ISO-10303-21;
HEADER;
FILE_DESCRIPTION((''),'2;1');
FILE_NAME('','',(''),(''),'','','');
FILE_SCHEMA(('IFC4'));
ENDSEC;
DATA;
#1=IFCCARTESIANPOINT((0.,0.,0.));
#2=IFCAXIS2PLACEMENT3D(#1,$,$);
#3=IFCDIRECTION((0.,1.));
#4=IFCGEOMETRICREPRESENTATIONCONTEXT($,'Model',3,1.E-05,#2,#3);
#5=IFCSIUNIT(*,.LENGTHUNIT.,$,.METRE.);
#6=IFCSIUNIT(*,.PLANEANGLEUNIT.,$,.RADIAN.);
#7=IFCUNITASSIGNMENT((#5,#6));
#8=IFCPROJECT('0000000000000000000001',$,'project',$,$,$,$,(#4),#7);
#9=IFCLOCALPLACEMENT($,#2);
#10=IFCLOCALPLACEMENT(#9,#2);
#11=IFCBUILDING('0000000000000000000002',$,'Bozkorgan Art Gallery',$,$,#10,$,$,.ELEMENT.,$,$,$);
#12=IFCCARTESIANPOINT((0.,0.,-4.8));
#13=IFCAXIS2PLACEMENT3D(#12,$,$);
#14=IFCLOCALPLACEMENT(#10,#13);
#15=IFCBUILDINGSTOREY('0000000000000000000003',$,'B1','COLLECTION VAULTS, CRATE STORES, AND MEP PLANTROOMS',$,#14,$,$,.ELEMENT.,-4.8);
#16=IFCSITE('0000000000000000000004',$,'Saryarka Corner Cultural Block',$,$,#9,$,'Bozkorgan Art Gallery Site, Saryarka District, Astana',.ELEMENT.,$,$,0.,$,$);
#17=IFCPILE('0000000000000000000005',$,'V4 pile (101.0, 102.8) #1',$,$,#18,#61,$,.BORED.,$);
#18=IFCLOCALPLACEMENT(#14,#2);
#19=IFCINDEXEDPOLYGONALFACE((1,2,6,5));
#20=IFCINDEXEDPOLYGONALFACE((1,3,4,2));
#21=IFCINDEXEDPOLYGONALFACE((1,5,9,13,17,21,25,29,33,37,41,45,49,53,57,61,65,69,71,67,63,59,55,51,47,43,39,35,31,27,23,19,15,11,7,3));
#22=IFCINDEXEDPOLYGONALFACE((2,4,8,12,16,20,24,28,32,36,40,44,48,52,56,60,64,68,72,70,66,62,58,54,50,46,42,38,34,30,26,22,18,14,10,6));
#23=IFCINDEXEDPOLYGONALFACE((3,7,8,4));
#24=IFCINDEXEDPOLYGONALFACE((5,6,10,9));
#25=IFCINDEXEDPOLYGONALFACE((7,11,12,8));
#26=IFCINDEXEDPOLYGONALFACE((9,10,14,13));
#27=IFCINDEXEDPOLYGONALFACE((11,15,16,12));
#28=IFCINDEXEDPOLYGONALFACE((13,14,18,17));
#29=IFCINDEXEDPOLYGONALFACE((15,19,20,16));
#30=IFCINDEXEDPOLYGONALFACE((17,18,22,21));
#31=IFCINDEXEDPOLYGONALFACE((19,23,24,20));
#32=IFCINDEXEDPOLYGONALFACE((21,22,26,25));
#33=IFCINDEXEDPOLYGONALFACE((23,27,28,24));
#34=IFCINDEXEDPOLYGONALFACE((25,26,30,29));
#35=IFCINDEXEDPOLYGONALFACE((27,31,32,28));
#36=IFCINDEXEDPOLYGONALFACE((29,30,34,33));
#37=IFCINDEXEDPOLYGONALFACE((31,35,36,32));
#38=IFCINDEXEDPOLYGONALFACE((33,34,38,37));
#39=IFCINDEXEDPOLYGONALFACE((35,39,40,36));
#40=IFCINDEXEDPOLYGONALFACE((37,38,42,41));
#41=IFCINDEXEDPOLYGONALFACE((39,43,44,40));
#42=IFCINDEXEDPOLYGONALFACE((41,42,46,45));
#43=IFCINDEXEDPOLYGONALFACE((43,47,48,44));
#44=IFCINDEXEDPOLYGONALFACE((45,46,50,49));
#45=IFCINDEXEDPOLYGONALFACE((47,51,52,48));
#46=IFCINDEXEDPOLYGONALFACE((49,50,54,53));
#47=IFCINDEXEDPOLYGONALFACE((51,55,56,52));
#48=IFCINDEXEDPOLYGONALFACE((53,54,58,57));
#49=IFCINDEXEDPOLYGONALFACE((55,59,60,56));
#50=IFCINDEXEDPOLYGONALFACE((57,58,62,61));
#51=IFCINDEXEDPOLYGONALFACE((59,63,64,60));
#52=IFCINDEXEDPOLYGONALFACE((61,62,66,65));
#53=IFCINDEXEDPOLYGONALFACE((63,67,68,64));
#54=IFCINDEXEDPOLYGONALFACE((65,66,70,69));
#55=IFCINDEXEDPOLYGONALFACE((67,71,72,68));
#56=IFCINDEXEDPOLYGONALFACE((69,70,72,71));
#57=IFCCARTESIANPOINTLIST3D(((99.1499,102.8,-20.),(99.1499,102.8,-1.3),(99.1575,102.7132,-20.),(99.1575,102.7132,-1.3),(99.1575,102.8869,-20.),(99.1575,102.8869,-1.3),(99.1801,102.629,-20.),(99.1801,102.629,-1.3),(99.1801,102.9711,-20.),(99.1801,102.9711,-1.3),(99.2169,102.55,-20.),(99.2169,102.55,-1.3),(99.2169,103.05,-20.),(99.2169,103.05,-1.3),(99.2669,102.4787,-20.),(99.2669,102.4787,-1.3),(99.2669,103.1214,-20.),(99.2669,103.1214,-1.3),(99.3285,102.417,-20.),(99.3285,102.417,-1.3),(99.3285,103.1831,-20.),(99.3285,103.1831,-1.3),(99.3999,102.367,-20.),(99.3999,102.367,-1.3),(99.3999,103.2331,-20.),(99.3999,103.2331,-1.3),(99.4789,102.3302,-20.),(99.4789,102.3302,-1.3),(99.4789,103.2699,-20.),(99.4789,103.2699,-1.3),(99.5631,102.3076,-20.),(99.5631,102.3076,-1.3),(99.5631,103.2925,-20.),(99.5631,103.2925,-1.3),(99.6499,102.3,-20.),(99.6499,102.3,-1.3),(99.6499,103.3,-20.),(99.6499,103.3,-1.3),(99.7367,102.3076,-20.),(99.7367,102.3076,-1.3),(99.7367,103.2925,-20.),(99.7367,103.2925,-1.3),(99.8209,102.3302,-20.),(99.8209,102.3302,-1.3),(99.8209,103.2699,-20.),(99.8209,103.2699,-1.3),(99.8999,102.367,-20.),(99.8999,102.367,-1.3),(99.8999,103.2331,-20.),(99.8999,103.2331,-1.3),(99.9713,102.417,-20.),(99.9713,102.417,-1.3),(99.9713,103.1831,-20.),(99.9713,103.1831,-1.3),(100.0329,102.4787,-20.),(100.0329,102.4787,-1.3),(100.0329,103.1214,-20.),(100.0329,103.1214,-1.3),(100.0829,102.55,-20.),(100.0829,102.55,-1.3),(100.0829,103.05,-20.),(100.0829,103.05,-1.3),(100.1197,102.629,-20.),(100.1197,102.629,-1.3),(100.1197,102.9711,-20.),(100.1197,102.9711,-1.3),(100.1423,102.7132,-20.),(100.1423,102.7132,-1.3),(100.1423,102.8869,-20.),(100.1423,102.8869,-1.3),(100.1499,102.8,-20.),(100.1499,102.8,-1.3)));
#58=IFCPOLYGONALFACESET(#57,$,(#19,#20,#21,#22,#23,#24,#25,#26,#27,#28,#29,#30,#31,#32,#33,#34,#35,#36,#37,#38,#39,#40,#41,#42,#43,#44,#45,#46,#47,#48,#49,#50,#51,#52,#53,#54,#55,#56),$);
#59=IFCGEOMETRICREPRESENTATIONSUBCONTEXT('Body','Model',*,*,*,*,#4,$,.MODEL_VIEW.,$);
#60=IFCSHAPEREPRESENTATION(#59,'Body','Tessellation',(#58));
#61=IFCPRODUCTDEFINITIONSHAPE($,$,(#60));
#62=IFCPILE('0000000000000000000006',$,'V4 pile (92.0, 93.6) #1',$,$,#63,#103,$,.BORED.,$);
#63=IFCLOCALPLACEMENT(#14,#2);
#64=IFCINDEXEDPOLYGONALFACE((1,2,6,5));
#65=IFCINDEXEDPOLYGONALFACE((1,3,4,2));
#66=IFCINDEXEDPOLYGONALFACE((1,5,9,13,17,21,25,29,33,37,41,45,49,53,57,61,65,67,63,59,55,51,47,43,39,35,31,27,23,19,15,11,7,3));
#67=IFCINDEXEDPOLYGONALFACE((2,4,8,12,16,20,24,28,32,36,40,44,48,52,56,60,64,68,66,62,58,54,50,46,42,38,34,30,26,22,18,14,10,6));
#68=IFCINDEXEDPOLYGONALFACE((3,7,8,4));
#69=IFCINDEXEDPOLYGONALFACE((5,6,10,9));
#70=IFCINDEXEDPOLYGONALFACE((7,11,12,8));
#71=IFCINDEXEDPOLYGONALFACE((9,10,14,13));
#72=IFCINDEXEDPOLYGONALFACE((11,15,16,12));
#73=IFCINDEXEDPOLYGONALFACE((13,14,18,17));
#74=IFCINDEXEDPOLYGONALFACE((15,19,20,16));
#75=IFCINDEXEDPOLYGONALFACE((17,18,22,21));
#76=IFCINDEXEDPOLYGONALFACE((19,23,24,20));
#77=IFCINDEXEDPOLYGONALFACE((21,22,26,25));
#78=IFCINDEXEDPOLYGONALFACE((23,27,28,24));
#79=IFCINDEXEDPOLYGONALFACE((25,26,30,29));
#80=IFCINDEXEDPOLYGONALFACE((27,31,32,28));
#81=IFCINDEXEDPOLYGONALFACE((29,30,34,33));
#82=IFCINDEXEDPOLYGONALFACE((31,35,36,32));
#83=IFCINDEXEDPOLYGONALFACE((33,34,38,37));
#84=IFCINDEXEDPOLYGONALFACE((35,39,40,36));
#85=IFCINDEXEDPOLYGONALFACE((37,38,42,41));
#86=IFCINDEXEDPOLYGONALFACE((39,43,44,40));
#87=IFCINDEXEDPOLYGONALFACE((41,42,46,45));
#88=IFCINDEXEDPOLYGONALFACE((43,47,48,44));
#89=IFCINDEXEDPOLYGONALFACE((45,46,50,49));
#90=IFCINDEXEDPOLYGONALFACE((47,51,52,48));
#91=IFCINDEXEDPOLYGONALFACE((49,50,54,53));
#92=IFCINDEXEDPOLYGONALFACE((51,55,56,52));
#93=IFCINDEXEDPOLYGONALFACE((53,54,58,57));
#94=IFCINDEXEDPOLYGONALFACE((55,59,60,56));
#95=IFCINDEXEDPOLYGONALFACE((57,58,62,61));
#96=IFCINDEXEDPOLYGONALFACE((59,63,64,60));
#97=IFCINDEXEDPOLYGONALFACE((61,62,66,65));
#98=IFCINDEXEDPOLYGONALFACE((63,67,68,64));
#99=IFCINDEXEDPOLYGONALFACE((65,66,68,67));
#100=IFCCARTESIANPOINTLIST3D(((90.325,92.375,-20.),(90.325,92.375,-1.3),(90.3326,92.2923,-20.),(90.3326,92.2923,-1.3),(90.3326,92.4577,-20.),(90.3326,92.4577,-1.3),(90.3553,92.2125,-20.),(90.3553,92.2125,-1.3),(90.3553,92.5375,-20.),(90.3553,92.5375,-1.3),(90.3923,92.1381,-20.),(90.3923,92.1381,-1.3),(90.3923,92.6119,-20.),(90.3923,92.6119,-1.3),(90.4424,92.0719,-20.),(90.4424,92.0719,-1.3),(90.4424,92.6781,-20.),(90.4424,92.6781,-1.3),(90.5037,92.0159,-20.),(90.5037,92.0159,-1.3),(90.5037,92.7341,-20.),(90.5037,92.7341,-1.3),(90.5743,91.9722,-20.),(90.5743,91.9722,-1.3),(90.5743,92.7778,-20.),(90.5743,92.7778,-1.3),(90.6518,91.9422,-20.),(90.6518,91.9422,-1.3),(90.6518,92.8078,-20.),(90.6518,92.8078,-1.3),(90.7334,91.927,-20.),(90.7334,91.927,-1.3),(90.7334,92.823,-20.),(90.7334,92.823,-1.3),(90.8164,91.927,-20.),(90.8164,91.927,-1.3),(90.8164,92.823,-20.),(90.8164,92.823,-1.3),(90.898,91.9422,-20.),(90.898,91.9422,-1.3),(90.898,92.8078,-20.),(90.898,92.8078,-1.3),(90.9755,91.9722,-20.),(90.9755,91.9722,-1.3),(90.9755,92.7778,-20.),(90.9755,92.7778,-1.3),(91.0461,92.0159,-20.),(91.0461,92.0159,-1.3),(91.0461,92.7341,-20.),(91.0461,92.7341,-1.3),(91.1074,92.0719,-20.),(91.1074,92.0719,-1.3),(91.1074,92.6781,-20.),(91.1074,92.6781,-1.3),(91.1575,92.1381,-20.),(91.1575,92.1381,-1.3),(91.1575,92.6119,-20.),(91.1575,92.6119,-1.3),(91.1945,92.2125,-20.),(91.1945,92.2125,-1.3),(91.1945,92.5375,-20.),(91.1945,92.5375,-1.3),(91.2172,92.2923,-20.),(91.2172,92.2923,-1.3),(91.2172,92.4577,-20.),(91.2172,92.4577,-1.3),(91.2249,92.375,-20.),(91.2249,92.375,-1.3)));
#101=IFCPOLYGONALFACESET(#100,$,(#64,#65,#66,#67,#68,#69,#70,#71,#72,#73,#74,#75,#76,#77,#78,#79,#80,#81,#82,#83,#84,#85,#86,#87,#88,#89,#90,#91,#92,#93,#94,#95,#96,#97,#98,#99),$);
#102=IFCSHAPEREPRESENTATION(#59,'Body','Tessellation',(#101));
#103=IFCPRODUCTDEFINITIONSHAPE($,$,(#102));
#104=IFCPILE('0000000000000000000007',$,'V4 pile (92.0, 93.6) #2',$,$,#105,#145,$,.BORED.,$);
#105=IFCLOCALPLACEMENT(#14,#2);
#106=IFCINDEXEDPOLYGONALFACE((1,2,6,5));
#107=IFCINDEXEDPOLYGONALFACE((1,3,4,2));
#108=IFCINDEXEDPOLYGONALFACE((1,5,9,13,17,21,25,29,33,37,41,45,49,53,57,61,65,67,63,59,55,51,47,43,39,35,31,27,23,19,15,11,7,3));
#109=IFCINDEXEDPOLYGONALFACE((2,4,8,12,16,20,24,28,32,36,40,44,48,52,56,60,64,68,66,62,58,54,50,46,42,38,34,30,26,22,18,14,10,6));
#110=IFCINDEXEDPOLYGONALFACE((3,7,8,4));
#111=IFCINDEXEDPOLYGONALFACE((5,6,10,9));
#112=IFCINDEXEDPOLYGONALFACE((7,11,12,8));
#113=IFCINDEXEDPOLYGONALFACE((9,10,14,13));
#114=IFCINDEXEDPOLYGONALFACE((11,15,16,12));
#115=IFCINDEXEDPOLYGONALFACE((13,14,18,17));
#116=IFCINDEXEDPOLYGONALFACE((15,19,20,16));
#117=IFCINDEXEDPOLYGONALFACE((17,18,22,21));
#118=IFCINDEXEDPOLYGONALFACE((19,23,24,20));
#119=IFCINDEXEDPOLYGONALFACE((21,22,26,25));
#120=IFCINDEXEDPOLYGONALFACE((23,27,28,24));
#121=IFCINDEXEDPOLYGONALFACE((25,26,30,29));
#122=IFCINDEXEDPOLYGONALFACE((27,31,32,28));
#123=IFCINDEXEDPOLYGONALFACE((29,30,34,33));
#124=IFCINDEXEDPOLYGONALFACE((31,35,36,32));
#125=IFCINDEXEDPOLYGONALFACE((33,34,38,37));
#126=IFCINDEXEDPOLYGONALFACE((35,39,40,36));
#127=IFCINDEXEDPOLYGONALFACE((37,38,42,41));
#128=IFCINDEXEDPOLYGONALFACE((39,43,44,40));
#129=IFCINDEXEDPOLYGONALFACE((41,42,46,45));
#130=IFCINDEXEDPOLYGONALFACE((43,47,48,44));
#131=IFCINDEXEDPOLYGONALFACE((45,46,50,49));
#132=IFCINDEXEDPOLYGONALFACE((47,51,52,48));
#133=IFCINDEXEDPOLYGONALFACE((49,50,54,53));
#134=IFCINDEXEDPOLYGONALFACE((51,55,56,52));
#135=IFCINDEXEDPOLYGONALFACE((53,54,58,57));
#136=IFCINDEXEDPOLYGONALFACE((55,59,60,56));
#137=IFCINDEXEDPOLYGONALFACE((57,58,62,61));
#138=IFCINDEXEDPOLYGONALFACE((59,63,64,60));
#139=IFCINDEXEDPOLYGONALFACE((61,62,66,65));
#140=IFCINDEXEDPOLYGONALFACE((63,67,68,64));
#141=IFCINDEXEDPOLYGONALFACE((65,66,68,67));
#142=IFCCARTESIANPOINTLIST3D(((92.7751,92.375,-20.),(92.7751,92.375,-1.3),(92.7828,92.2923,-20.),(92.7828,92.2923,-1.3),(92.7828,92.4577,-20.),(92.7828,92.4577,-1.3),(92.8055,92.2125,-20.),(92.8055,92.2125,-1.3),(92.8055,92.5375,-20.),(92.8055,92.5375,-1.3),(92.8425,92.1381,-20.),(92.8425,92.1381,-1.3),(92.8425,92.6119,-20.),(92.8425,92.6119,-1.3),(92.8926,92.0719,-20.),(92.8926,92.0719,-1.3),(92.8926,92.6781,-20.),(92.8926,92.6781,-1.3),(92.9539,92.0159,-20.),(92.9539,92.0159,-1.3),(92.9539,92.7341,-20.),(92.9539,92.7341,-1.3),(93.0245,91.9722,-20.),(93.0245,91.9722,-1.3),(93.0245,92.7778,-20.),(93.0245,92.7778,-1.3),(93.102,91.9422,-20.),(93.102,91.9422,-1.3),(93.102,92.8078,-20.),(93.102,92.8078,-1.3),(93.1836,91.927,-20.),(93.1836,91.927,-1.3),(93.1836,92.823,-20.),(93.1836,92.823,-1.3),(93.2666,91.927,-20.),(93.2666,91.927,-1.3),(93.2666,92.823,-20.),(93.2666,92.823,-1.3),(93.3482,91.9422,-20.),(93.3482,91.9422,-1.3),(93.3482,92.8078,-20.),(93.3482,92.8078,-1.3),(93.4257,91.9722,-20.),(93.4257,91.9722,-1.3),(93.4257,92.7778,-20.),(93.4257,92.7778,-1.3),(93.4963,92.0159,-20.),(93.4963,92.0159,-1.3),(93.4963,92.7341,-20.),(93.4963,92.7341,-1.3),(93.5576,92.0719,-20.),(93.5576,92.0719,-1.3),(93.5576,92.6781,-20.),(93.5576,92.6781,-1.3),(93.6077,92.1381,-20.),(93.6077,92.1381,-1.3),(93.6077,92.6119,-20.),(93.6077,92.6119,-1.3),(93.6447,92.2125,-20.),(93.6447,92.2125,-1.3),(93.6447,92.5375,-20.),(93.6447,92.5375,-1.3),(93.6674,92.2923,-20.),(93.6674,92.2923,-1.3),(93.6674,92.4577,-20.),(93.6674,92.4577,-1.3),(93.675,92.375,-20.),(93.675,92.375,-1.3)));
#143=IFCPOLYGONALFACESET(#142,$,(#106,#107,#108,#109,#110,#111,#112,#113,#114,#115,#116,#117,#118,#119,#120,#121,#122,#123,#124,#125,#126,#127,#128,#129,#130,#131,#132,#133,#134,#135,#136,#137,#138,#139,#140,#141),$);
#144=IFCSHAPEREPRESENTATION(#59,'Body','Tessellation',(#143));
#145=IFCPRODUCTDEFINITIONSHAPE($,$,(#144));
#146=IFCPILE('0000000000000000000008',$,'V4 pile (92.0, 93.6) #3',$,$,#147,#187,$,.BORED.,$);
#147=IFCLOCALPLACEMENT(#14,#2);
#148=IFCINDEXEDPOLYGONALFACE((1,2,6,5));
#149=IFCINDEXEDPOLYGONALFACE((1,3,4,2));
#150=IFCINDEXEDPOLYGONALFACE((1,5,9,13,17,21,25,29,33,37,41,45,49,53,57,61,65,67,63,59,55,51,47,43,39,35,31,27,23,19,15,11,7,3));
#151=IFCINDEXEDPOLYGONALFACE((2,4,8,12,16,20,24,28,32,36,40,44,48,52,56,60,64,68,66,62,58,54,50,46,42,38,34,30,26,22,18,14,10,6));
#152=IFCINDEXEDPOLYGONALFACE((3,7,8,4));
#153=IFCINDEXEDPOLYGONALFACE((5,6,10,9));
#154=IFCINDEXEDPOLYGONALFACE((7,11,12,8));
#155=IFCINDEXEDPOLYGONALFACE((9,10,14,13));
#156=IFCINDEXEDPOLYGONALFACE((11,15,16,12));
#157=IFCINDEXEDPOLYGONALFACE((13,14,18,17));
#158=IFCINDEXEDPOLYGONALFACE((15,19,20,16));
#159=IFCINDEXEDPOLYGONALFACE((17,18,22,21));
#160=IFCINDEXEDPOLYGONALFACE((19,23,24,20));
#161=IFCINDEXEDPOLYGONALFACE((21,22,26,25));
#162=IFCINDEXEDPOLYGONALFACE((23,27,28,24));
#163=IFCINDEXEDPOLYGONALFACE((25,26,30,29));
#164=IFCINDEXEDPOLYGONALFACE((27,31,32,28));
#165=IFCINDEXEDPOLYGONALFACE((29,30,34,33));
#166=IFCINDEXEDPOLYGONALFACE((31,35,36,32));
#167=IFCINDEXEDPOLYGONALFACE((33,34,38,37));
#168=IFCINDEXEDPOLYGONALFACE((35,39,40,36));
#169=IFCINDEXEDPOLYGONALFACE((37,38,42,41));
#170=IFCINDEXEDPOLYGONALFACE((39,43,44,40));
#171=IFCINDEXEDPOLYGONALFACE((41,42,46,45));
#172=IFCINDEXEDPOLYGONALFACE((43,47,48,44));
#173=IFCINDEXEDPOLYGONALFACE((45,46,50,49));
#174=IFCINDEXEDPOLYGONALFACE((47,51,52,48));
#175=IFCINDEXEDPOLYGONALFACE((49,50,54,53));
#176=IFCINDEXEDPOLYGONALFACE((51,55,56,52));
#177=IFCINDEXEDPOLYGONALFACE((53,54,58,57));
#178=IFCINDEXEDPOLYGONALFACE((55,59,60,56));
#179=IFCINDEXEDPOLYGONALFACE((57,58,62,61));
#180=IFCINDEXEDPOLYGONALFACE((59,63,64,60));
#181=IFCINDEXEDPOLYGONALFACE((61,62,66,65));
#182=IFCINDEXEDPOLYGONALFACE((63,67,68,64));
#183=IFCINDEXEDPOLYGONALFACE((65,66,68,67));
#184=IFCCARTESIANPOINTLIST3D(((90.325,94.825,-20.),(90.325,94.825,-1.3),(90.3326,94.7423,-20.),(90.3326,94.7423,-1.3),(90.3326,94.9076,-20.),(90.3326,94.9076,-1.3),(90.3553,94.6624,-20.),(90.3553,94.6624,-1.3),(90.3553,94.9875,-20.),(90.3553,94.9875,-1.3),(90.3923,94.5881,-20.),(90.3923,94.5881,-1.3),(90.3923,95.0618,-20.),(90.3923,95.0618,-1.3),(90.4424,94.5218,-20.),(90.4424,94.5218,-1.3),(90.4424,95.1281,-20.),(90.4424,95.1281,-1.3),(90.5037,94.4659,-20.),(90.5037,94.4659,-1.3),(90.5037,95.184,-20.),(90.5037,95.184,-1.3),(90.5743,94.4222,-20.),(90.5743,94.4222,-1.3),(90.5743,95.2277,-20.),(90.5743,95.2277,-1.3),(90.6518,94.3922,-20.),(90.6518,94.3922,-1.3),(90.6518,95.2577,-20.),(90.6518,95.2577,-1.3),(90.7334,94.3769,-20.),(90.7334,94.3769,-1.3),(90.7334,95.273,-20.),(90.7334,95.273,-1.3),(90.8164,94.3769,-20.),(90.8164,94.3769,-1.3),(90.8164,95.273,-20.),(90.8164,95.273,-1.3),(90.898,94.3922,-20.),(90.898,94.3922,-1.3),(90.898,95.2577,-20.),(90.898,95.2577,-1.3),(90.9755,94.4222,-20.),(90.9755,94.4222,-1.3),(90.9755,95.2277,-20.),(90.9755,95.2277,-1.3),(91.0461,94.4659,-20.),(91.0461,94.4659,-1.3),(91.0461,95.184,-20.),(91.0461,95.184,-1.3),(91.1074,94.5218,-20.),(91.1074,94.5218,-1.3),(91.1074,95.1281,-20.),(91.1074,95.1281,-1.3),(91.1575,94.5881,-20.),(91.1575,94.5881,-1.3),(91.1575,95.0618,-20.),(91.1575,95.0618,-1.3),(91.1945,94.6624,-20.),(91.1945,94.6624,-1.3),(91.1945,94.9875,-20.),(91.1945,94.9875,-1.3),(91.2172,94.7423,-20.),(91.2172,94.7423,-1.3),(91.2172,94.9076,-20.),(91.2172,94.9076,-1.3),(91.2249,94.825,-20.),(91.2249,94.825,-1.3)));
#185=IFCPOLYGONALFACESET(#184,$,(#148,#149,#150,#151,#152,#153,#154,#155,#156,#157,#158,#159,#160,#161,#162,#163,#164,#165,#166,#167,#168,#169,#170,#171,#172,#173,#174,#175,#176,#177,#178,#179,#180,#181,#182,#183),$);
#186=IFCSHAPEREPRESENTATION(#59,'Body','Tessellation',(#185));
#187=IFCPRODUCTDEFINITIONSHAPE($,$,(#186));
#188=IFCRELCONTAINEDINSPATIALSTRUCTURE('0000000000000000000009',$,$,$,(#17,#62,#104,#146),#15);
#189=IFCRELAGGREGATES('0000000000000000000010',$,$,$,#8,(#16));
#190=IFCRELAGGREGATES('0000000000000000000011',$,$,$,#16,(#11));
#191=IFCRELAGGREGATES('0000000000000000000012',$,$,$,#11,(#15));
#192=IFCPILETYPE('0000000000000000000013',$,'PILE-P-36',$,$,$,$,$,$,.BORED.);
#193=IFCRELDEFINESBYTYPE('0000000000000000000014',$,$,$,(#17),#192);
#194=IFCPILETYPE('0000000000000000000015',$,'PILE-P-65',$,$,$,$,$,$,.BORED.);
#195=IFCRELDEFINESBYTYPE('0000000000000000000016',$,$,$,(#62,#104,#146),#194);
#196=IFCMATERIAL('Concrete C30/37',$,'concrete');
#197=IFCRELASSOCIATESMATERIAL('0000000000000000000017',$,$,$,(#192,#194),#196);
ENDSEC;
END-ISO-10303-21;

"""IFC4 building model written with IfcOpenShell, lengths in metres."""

from ifc_helpers import new_model, si_unit, direction, frame, origin, origin_2d, place, context, subcontext, project, spatial, circle, extrude, material, material_profile, profile_set, type_object, element, save


model = new_model("IFC4")

# Units and contexts
model_context = context("Model", 3, precision=1e-05, world=origin(), true_north=direction((0.0, 1.0)))
body_context = subcontext(model_context, "Body", "Model", "MODEL_VIEW")
ifc_project = project(units=[si_unit("LENGTHUNIT", "METRE"), si_unit("PLANEANGLEUNIT", "RADIAN")], contexts=[model_context])

# Site, building, storey
site_placement = place(None, origin())
site = spatial("IfcSite", under=ifc_project, at=site_placement, Name="Saryarka Corner Cultural Block", LongName="Bozkorgan Art Gallery Site, Saryarka District, Astana", CompositionType="ELEMENT", RefElevation=0.0)
building_placement = place(site_placement, origin())
building = spatial("IfcBuilding", under=site, at=building_placement, Name="Bozkorgan Art Gallery", CompositionType="ELEMENT")
storey_placement = place(building_placement, frame((0.0, 0.0, -4.8)))
storey = spatial("IfcBuildingStorey", under=building, at=storey_placement, Name="B1", Description="COLLECTION VAULTS, CRATE STORES, AND MEP PLANTROOMS", CompositionType="ELEMENT", Elevation=-4.8)

# Shared definitions
ifc_material_1 = material(Name="Concrete C30/37", Category="concrete")

# Piles
ifc_material_profile_1 = material_profile(ifc_material_1, circle(Radius=0.5, at=origin_2d()), Name="PILE D1000")
ifc_profile_set_1 = profile_set([ifc_material_profile_1], Name="Concrete C30/37")
pile_type_1 = type_object("IfcPileType", Name="PILE-P-36", PredefinedType="BORED", material=ifc_profile_set_1)
pile_1_placement = place(storey_placement, frame((99.6499, 102.8, -1.3), z_axis=(0.0, 0.0, -1.0), x_axis=(1.0, 0.0, 0.0)))
element("IfcPile", 1, at=pile_1_placement, inside=storey, type_object=pile_type_1, Name="V4 pile (101.0, 102.8) #1", PredefinedType="BORED", context=body_context, shape_type="SweptSolid", body=[
    extrude(circle(Radius=0.5, at=origin_2d()), origin(), (0.0, 0.0, 1.0), 18.7),
])
ifc_material_profile_2 = material_profile(ifc_material_1, circle(Radius=0.45, at=origin_2d()), Name="PILE D900")
ifc_profile_set_2 = profile_set([ifc_material_profile_2], Name="Concrete C30/37")
pile_type_2 = type_object("IfcPileType", Name="PILE-P-65", PredefinedType="BORED", material=ifc_profile_set_2)
for number, where, z_axis, x_axis, name in (
    (2, (90.7749, 92.375, -1.3), (0.0, 0.0, -1.0), (1.0, 0.0, 0.0), "V4 pile (92.0, 93.6) #1"),
    (3, (93.2251, 92.375, -1.3), (0.0, 0.0, -1.0), (1.0, 0.0, 0.0), "V4 pile (92.0, 93.6) #2"),
    (4, (90.7749, 94.825, -1.3), (0.0, 0.0, -1.0), (1.0, 0.0, 0.0), "V4 pile (92.0, 93.6) #3"),
):
    element("IfcPile", number, at=place(storey_placement, frame(where, z_axis=z_axis, x_axis=x_axis)), inside=storey, type_object=pile_type_2, Name=name, PredefinedType="BORED", context=body_context, shape_type="SweptSolid", body=[
        extrude(circle(Radius=0.45, at=origin_2d()), origin(), (0.0, 0.0, 1.0), 18.7),
    ])

save(model, "model.ifc")
